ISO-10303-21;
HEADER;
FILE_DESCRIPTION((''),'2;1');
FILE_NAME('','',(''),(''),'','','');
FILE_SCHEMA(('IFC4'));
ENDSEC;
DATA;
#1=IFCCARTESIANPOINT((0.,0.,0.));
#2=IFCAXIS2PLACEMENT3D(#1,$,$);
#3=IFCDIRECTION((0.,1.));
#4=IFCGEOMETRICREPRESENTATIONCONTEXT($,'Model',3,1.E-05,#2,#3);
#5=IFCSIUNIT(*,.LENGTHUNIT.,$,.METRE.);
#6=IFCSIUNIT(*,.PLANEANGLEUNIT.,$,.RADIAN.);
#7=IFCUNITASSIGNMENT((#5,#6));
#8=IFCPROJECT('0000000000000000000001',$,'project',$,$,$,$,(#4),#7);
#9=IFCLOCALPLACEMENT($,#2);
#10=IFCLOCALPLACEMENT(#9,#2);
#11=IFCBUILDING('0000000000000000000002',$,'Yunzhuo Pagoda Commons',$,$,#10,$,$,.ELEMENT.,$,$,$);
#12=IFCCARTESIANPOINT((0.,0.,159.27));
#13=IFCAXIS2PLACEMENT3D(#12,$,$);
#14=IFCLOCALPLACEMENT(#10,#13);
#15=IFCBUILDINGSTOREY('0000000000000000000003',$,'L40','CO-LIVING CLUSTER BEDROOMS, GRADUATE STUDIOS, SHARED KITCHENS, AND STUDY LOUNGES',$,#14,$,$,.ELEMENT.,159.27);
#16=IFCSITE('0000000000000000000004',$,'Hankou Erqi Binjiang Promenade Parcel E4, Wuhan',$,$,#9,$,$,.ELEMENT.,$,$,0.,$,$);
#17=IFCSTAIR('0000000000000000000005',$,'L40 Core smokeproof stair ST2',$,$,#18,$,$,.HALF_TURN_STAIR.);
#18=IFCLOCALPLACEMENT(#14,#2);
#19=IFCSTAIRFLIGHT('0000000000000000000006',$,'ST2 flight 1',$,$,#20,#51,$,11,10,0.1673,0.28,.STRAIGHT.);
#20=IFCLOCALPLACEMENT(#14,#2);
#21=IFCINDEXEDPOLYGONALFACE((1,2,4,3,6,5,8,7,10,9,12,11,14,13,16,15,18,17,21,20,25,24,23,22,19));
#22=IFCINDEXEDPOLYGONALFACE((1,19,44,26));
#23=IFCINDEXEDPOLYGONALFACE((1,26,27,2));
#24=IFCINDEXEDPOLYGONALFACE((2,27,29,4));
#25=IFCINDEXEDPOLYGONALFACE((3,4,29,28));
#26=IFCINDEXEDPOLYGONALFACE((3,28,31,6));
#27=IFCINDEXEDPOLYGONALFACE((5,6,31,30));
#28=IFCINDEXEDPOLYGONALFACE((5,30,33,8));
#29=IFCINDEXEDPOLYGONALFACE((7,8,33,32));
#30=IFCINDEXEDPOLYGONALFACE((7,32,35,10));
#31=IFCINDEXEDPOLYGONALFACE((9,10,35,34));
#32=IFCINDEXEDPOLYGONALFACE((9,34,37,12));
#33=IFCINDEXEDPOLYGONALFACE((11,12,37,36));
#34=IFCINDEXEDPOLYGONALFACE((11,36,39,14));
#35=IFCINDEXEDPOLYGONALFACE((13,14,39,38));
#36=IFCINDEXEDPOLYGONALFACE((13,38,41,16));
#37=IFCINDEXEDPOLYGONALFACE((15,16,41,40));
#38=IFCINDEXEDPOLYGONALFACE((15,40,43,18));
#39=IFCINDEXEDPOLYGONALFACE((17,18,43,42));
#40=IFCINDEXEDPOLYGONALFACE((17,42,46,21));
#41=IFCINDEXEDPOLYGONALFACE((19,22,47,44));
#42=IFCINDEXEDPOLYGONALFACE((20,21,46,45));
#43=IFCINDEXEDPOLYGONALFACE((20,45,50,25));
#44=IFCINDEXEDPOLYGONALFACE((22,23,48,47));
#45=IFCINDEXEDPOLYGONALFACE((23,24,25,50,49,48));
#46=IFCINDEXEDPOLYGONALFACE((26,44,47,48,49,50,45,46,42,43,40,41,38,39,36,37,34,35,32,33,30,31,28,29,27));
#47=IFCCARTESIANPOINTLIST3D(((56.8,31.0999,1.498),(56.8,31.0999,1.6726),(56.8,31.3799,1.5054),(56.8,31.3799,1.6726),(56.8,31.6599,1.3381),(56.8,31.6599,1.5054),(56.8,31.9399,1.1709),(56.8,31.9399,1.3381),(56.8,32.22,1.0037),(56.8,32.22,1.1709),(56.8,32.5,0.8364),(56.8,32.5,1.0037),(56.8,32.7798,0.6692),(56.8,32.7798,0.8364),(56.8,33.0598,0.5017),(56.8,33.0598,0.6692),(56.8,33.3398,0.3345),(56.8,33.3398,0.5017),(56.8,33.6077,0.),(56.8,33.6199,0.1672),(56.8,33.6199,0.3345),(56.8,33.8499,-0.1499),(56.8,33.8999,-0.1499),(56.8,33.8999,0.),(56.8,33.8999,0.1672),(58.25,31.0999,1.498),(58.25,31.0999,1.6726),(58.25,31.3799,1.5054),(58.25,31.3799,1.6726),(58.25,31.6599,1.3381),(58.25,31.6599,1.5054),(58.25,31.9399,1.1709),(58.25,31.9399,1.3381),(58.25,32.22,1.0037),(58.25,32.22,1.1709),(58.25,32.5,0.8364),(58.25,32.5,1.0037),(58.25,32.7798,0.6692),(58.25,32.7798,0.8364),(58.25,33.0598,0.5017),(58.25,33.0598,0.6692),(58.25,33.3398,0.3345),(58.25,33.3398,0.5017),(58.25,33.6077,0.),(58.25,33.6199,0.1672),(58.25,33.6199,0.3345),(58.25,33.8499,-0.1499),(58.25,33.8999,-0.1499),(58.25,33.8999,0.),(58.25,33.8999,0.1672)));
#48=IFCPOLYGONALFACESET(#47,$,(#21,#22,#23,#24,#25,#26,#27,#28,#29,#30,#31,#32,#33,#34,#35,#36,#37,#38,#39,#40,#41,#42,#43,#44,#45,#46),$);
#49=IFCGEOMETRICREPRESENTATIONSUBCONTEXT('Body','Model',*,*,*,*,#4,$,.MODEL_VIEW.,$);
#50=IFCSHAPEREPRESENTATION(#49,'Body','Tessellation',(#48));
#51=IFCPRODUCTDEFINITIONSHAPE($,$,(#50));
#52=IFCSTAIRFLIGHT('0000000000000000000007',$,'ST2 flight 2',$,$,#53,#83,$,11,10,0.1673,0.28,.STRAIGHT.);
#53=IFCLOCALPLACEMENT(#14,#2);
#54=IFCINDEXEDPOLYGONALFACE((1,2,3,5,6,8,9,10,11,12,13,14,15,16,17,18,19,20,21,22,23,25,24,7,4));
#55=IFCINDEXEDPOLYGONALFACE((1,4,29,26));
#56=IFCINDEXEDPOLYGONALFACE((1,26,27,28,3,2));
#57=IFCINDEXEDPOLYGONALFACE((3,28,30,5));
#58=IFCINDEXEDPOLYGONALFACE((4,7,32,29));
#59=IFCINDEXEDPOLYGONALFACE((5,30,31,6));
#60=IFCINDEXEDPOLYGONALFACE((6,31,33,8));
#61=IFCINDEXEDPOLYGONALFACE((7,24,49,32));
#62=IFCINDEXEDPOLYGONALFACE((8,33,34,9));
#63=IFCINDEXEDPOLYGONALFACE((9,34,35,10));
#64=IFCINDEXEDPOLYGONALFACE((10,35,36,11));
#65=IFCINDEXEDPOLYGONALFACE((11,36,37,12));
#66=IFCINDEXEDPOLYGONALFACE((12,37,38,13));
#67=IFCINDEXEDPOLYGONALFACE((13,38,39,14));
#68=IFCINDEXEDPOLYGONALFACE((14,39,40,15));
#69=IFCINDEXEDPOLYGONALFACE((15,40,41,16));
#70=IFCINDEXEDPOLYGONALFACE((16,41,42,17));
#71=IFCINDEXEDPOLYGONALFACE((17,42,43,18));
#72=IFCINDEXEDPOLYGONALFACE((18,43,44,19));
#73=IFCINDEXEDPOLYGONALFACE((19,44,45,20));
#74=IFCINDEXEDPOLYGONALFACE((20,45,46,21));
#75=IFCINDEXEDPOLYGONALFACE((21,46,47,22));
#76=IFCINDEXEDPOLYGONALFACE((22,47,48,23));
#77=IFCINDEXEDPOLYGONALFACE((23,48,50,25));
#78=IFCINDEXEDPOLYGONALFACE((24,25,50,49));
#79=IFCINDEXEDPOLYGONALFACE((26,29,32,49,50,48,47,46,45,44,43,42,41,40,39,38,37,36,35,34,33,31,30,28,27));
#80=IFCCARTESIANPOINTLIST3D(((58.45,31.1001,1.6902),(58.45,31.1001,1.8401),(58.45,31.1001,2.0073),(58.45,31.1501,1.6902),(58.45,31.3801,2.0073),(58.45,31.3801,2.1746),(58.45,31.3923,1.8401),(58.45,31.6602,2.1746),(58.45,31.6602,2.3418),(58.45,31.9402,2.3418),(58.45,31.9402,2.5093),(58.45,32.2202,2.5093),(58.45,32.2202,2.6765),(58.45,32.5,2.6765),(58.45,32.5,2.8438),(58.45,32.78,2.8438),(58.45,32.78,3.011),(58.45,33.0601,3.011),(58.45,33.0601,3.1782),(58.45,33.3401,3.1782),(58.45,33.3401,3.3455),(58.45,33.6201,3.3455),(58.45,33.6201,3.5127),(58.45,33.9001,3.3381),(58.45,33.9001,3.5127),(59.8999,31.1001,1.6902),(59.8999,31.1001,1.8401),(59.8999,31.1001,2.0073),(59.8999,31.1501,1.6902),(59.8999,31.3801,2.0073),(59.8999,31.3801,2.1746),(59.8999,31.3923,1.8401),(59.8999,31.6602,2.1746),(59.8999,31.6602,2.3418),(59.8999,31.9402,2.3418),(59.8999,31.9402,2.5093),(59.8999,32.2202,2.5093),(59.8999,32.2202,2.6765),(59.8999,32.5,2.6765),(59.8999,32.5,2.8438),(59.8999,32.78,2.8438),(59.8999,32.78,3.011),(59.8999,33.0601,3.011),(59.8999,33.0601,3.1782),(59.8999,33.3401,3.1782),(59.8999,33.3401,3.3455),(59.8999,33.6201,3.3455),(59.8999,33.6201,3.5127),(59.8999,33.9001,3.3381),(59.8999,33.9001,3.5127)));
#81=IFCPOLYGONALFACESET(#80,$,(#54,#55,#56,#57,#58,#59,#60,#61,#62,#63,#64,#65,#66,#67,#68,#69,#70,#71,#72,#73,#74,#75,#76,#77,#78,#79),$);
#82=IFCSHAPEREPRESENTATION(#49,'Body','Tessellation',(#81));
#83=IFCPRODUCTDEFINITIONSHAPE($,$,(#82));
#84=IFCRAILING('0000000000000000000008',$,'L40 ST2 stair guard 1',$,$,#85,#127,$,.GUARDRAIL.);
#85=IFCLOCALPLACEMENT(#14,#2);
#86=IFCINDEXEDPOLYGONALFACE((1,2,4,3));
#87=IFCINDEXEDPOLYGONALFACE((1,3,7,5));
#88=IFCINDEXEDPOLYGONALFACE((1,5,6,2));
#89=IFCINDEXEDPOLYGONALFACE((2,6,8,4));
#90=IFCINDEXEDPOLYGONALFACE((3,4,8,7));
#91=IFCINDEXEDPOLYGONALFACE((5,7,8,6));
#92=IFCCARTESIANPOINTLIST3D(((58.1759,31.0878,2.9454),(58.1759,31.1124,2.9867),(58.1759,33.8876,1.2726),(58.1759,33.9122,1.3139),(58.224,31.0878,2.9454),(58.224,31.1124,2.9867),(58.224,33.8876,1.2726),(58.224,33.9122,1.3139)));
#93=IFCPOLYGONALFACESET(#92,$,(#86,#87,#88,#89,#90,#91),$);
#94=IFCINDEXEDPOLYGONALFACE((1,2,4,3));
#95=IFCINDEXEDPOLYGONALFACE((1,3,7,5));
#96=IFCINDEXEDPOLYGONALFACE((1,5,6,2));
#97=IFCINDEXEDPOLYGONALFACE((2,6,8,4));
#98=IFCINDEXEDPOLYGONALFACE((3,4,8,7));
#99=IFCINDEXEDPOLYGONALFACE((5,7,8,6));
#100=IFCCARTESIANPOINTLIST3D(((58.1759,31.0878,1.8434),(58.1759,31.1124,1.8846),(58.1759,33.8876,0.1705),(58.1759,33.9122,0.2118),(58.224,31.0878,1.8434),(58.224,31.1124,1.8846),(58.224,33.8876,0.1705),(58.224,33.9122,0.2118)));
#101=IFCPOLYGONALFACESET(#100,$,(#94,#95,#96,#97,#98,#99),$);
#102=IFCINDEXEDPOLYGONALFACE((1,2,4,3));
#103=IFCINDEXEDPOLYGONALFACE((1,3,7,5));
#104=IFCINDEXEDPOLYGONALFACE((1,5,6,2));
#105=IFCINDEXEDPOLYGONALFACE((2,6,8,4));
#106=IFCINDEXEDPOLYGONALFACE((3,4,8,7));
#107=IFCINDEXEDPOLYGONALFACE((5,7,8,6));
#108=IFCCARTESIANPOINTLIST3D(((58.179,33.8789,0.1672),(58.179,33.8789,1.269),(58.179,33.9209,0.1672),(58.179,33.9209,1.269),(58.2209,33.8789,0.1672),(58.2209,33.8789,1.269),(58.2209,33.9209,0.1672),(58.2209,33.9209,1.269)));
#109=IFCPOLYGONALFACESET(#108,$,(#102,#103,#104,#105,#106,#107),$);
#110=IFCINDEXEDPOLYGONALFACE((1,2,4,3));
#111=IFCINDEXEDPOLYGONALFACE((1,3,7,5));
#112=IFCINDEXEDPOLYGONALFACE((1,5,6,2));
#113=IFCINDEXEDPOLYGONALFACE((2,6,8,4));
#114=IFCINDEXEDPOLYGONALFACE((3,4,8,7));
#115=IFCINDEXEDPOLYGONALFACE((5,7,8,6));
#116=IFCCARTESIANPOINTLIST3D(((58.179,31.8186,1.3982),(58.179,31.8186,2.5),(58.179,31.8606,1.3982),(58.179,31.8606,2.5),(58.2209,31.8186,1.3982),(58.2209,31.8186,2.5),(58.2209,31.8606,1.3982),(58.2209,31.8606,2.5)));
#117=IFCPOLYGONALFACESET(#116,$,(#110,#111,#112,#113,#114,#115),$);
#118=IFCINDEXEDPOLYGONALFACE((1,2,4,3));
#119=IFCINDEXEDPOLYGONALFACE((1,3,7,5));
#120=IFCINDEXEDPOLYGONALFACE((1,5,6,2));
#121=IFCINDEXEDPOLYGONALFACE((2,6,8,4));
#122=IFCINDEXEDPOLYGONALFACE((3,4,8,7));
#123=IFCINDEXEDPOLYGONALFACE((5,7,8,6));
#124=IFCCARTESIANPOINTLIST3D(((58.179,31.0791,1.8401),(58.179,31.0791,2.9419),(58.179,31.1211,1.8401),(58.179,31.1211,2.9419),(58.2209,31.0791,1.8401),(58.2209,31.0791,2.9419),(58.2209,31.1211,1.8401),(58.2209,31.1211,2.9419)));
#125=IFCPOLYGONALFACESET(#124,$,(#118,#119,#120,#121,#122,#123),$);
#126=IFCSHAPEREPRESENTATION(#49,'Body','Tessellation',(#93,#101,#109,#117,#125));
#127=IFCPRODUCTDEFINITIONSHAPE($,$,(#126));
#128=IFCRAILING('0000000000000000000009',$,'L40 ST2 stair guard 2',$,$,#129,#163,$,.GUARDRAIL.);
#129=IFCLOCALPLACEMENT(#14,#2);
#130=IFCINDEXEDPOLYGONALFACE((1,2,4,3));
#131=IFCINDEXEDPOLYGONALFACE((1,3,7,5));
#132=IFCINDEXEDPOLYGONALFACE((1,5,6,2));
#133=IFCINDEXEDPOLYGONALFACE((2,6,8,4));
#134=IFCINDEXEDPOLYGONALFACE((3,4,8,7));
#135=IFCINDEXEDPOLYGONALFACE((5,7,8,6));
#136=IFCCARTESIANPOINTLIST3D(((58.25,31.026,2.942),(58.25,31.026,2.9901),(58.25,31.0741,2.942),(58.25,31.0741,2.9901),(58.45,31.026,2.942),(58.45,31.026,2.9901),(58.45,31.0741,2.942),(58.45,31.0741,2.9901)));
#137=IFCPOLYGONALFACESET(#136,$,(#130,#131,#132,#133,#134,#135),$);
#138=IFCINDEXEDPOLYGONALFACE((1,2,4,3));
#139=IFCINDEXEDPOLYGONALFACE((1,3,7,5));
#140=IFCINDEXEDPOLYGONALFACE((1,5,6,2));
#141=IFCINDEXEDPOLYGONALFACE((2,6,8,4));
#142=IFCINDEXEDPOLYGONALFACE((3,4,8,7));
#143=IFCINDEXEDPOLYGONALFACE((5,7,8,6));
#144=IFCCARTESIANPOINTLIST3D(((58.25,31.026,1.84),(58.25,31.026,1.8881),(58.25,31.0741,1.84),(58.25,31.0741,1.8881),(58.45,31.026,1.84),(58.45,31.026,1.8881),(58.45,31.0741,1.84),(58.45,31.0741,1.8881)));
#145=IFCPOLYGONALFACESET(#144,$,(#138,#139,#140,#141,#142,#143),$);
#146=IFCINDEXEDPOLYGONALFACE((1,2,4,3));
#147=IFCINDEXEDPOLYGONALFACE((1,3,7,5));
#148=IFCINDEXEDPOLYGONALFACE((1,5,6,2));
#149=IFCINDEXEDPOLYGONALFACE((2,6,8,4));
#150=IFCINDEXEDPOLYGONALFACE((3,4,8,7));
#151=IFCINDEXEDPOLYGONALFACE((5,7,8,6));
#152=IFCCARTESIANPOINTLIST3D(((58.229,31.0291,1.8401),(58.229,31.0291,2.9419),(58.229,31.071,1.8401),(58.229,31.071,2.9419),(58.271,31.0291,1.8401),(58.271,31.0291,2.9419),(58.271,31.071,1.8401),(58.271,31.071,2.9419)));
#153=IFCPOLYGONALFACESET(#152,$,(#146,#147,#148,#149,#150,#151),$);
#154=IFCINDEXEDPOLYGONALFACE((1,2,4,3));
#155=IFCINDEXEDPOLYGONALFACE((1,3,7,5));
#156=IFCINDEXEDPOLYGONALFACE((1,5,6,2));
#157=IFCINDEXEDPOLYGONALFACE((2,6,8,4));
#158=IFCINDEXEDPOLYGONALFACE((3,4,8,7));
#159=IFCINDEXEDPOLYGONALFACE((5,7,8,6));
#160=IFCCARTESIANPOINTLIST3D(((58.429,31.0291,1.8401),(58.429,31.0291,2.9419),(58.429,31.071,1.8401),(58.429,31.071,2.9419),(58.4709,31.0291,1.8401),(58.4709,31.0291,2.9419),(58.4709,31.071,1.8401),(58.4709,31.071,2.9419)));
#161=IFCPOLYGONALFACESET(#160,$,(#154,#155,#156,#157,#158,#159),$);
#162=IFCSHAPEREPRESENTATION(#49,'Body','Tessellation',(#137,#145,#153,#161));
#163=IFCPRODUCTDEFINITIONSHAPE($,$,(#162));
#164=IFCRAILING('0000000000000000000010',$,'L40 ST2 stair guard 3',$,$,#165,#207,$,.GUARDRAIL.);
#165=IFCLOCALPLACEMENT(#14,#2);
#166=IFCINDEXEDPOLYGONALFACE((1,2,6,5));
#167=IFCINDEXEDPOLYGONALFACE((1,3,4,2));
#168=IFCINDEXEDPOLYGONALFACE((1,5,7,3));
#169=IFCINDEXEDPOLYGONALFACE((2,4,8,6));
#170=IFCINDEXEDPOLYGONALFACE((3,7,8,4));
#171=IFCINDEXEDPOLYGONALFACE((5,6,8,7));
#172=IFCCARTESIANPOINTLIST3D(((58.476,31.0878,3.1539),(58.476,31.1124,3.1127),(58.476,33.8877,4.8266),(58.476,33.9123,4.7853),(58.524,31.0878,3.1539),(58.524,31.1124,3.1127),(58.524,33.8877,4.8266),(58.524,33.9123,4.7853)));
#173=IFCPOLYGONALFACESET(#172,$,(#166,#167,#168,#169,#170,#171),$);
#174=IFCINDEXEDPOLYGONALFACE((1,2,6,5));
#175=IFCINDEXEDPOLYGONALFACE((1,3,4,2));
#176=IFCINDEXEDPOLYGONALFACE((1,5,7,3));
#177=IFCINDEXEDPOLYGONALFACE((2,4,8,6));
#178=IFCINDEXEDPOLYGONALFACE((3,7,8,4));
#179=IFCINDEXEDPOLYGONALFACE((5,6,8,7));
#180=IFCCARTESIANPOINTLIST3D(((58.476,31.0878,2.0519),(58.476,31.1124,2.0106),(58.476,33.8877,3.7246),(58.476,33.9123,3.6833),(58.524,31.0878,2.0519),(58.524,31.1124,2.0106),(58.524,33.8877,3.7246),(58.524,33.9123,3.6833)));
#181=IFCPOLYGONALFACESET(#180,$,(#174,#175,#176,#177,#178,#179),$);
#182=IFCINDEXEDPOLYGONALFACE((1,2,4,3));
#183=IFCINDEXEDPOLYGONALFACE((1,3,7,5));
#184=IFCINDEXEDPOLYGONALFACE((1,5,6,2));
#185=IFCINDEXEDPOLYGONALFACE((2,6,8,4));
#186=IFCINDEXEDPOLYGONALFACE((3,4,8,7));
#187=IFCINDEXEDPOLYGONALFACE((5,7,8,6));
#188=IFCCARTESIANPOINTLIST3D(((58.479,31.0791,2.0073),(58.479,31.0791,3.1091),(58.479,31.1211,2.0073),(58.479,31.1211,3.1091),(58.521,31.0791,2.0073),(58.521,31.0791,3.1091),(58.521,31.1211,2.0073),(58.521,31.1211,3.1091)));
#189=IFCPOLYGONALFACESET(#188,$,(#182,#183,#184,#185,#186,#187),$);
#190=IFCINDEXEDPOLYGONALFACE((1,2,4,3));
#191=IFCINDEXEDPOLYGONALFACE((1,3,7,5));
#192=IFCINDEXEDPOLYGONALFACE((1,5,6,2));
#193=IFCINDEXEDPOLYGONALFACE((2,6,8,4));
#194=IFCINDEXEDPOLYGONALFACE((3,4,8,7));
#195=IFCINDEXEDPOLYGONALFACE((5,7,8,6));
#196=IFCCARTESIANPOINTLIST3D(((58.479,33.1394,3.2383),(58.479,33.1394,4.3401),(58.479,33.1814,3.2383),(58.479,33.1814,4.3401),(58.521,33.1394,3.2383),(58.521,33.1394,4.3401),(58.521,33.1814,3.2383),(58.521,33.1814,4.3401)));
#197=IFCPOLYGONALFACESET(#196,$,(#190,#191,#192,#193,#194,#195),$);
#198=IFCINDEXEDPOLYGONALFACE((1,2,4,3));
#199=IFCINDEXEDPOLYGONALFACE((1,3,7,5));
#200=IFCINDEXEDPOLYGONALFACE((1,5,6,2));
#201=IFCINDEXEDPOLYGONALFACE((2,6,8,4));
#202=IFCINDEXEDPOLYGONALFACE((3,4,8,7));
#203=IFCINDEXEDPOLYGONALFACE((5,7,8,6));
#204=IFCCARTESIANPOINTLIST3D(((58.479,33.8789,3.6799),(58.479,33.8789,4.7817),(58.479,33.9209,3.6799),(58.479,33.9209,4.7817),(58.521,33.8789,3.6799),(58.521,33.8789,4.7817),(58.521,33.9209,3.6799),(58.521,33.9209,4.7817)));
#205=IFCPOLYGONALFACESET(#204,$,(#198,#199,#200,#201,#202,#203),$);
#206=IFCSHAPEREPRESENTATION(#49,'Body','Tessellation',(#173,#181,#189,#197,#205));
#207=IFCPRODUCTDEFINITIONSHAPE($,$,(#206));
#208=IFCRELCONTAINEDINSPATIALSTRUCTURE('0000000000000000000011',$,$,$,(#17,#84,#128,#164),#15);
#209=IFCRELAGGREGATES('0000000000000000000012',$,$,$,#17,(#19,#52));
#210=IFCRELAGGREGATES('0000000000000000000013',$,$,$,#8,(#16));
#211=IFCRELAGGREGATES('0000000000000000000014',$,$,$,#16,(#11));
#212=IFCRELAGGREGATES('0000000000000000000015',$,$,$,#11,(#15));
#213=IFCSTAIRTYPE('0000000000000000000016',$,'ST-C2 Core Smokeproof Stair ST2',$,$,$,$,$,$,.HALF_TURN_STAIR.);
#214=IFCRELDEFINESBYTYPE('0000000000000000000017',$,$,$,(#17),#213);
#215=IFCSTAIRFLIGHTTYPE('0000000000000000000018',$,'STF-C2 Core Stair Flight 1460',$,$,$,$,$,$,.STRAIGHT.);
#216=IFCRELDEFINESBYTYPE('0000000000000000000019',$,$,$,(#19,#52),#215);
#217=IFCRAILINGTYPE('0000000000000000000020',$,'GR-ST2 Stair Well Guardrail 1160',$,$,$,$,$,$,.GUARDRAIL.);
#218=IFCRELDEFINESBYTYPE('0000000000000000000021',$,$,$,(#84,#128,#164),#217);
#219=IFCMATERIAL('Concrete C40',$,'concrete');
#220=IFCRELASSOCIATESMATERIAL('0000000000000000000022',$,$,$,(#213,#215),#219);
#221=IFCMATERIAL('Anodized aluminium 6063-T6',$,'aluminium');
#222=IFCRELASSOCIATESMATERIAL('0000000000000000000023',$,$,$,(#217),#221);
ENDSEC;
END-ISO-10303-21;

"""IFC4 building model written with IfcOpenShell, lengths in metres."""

from ifc_helpers import new_model, si_unit, direction, frame, origin, origin_2d, place, context, subcontext, project, spatial, polyline, rectangle, outline, extrude, source, transform, mapped, material, type_object, element, aggregate, save


model = new_model("IFC4")

# Units and contexts
model_context = context("Model", 3, precision=1e-05, world=origin(), true_north=direction((0.0, 1.0)))
body_context = subcontext(model_context, "Body", "Model", "MODEL_VIEW")
ifc_project = project(units=[si_unit("LENGTHUNIT", "METRE"), si_unit("PLANEANGLEUNIT", "RADIAN")], contexts=[model_context])

# Site, building, storey
site_placement = place(None, origin())
site = spatial("IfcSite", under=ifc_project, at=site_placement, Name="Hankou Erqi Binjiang Promenade Parcel E4, Wuhan", CompositionType="ELEMENT", RefElevation=0.0)
building_placement = place(site_placement, origin())
building = spatial("IfcBuilding", under=site, at=building_placement, Name="Yunzhuo Pagoda Commons", CompositionType="ELEMENT")
storey_placement = place(building_placement, frame((0.0, 0.0, 159.27)))
storey = spatial("IfcBuildingStorey", under=building, at=storey_placement, Name="L40", Description="CO-LIVING CLUSTER BEDROOMS, GRADUATE STUDIOS, SHARED KITCHENS, AND STUDY LOUNGES", CompositionType="ELEMENT", Elevation=159.27)

# Shared definitions
ifc_material_1 = material(Name="Concrete C40", Category="concrete")

# Stair, stair flights
stair_type = type_object("IfcStairType", Name="ST-C2 Core Smokeproof Stair ST2", PredefinedType="HALF_TURN_STAIR", material=ifc_material_1)
stair_placement = place(storey_placement, origin())
stair = element("IfcStair", 1, at=stair_placement, inside=storey, type_object=stair_type, Name="L40 Core smokeproof stair ST2", PredefinedType="HALF_TURN_STAIR")
stair_flight_type = type_object("IfcStairFlightType", Name="STF-C2 Core Stair Flight 1460", PredefinedType="STRAIGHT", material=ifc_material_1)
shared_shape_1 = source(origin(), body_context, "Body", "SweptSolid", [
    extrude(outline(polyline([(0.0, -0.1499), (0.0, 0.0), (0.0, 0.1672), (0.28, 0.1672), (0.28, 0.3345), (0.5601, 0.3345), (0.5601, 0.5017), (0.8401, 0.5017), (0.8401, 0.6692), (1.1201, 0.6692), (1.1201, 0.8364), (1.3999, 0.8364), (1.3999, 1.0037), (1.6799, 1.0037), (1.6799, 1.1709), (1.96, 1.1709), (1.96, 1.3381), (2.24, 1.3381), (2.24, 1.5054), (2.52, 1.5054), (2.52, 1.6726), (2.8, 1.6726), (2.8, 1.8401), (2.8, 1.498), (0.2922, 0.0), (0.05, -0.1499), (0.0, -0.1499)])), frame((0.0, 0.7251, 0.0), z_axis=(0.0, -1.0, 0.0), x_axis=(1.0, 0.0, 0.0)), (0.0, 0.0, 1.0), 1.45),
])
stair_flight_1_placement = place(storey_placement, frame((57.5249, 33.8999, 0.0), z_axis=(0.0, 0.0, 1.0), x_axis=(0.0, -1.0, 0.0)))
stair_flight_1 = element("IfcStairFlight", 2, at=stair_flight_1_placement, type_object=stair_flight_type, Name="ST2 flight 1", NumberOfRisers=11, NumberOfTreads=10, PredefinedType="STRAIGHT", RiserHeight=0.1673, TreadLength=0.28, context=body_context, shape_type="MappedRepresentation", body=[
    mapped(shared_shape_1, transform((0.0, 0.0, 0.0), scale=1.0)),
])
stair_flight_2_placement = place(storey_placement, frame((59.175, 31.1001, 1.8401), z_axis=(0.0, 0.0, 1.0), x_axis=(0.0, 1.0, 0.0)))
stair_flight_2 = element("IfcStairFlight", 3, at=stair_flight_2_placement, type_object=stair_flight_type, Name="ST2 flight 2", NumberOfRisers=11, NumberOfTreads=10, PredefinedType="STRAIGHT", RiserHeight=0.1673, TreadLength=0.28, context=body_context, shape_type="MappedRepresentation", body=[
    mapped(shared_shape_1, transform((0.0, 0.0, 0.0), scale=1.0)),
])
aggregate(stair, [stair_flight_1, stair_flight_2])

# Railings
ifc_material_2 = material(Name="Anodized aluminium 6063-T6", Category="aluminium")
railing_type_1 = type_object("IfcRailingType", Name="GR-ST2 Stair Well Guardrail 1160", PredefinedType="GUARDRAIL", material=ifc_material_2)
railing_1_placement = place(storey_placement, frame((58.2, 33.8999, 0.1672)))
element("IfcRailing", 4, at=railing_1_placement, inside=storey, type_object=railing_type_1, Name="L40 ST2 stair guard 1", PredefinedType="GUARDRAIL", context=body_context, shape_type="SweptSolid", body=[
    extrude(rectangle(XDim=0.0481, YDim=0.0481, at=origin_2d()), frame((0.0, 0.0, 1.126), z_axis=(0.0, -0.858443, 0.51291), x_axis=(1.0, 0.0, 0.0)), (0.0, 0.0, 1.0), 3.2615),
    extrude(rectangle(XDim=0.0481, YDim=0.0481, at=origin_2d()), frame((0.0, 0.0, 0.0239), z_axis=(0.0, -0.858443, 0.51291), x_axis=(1.0, 0.0, 0.0)), (0.0, 0.0, 1.0), 3.2615),
    extrude(rectangle(XDim=0.042, YDim=0.042, at=origin_2d()), origin(), (0.0, 0.0, 1.0), 1.1018),
    extrude(rectangle(XDim=0.042, YDim=0.042, at=origin_2d()), frame((0.0, -2.0603, 1.231)), (0.0, 0.0, 1.0), 1.1018),
    extrude(rectangle(XDim=0.042, YDim=0.042, at=origin_2d()), frame((0.0, -2.7998, 1.6729)), (0.0, 0.0, 1.0), 1.1018),
])
railing_2_placement = place(storey_placement, frame((58.25, 31.05, 1.8401)))
element("IfcRailing", 5, at=railing_2_placement, inside=storey, type_object=railing_type_1, Name="L40 ST2 stair guard 2", PredefinedType="GUARDRAIL", context=body_context, shape_type="SweptSolid", body=[
    extrude(rectangle(XDim=0.0481, YDim=0.0481, at=origin_2d()), frame((0.0, 0.0, 1.126), z_axis=(1.0, 0.0, 0.0), x_axis=(0.0, 1.0, 0.0)), (0.0, 0.0, 1.0), 0.2),
    extrude(rectangle(XDim=0.0481, YDim=0.0481, at=origin_2d()), frame((0.0, 0.0, 0.0239), z_axis=(1.0, 0.0, 0.0), x_axis=(0.0, 1.0, 0.0)), (0.0, 0.0, 1.0), 0.2),
    extrude(rectangle(XDim=0.042, YDim=0.042, at=origin_2d()), origin(), (0.0, 0.0, 1.0), 1.1018),
    extrude(rectangle(XDim=0.042, YDim=0.042, at=origin_2d()), frame((0.2, 0.0, 0.0)), (0.0, 0.0, 1.0), 1.1018),
])
railing_3_placement = place(storey_placement, frame((58.5, 31.1001, 2.0073)))
element("IfcRailing", 6, at=railing_3_placement, inside=storey, type_object=railing_type_1, Name="L40 ST2 stair guard 3", PredefinedType="GUARDRAIL", context=body_context, shape_type="SweptSolid", body=[
    extrude(rectangle(XDim=0.0481, YDim=0.0481, at=origin_2d()), frame((0.0, 0.0, 1.126), z_axis=(0.0, 0.858476, 0.512855), x_axis=(-1.0, 0.0, 0.0)), (0.0, 0.0, 1.0), 3.2615),
    extrude(rectangle(XDim=0.0481, YDim=0.0481, at=origin_2d()), frame((0.0, 0.0, 0.0239), z_axis=(0.0, 0.858476, 0.512855), x_axis=(-1.0, 0.0, 0.0)), (0.0, 0.0, 1.0), 3.2615),
    extrude(rectangle(XDim=0.042, YDim=0.042, at=origin_2d()), origin(), (0.0, 0.0, 1.0), 1.1018),
    extrude(rectangle(XDim=0.042, YDim=0.042, at=origin_2d()), frame((0.0, 2.0603, 1.231)), (0.0, 0.0, 1.0), 1.1018),
    extrude(rectangle(XDim=0.042, YDim=0.042, at=origin_2d()), frame((0.0, 2.7998, 1.6726)), (0.0, 0.0, 1.0), 1.1018),
])

save(model, "model.ifc")
